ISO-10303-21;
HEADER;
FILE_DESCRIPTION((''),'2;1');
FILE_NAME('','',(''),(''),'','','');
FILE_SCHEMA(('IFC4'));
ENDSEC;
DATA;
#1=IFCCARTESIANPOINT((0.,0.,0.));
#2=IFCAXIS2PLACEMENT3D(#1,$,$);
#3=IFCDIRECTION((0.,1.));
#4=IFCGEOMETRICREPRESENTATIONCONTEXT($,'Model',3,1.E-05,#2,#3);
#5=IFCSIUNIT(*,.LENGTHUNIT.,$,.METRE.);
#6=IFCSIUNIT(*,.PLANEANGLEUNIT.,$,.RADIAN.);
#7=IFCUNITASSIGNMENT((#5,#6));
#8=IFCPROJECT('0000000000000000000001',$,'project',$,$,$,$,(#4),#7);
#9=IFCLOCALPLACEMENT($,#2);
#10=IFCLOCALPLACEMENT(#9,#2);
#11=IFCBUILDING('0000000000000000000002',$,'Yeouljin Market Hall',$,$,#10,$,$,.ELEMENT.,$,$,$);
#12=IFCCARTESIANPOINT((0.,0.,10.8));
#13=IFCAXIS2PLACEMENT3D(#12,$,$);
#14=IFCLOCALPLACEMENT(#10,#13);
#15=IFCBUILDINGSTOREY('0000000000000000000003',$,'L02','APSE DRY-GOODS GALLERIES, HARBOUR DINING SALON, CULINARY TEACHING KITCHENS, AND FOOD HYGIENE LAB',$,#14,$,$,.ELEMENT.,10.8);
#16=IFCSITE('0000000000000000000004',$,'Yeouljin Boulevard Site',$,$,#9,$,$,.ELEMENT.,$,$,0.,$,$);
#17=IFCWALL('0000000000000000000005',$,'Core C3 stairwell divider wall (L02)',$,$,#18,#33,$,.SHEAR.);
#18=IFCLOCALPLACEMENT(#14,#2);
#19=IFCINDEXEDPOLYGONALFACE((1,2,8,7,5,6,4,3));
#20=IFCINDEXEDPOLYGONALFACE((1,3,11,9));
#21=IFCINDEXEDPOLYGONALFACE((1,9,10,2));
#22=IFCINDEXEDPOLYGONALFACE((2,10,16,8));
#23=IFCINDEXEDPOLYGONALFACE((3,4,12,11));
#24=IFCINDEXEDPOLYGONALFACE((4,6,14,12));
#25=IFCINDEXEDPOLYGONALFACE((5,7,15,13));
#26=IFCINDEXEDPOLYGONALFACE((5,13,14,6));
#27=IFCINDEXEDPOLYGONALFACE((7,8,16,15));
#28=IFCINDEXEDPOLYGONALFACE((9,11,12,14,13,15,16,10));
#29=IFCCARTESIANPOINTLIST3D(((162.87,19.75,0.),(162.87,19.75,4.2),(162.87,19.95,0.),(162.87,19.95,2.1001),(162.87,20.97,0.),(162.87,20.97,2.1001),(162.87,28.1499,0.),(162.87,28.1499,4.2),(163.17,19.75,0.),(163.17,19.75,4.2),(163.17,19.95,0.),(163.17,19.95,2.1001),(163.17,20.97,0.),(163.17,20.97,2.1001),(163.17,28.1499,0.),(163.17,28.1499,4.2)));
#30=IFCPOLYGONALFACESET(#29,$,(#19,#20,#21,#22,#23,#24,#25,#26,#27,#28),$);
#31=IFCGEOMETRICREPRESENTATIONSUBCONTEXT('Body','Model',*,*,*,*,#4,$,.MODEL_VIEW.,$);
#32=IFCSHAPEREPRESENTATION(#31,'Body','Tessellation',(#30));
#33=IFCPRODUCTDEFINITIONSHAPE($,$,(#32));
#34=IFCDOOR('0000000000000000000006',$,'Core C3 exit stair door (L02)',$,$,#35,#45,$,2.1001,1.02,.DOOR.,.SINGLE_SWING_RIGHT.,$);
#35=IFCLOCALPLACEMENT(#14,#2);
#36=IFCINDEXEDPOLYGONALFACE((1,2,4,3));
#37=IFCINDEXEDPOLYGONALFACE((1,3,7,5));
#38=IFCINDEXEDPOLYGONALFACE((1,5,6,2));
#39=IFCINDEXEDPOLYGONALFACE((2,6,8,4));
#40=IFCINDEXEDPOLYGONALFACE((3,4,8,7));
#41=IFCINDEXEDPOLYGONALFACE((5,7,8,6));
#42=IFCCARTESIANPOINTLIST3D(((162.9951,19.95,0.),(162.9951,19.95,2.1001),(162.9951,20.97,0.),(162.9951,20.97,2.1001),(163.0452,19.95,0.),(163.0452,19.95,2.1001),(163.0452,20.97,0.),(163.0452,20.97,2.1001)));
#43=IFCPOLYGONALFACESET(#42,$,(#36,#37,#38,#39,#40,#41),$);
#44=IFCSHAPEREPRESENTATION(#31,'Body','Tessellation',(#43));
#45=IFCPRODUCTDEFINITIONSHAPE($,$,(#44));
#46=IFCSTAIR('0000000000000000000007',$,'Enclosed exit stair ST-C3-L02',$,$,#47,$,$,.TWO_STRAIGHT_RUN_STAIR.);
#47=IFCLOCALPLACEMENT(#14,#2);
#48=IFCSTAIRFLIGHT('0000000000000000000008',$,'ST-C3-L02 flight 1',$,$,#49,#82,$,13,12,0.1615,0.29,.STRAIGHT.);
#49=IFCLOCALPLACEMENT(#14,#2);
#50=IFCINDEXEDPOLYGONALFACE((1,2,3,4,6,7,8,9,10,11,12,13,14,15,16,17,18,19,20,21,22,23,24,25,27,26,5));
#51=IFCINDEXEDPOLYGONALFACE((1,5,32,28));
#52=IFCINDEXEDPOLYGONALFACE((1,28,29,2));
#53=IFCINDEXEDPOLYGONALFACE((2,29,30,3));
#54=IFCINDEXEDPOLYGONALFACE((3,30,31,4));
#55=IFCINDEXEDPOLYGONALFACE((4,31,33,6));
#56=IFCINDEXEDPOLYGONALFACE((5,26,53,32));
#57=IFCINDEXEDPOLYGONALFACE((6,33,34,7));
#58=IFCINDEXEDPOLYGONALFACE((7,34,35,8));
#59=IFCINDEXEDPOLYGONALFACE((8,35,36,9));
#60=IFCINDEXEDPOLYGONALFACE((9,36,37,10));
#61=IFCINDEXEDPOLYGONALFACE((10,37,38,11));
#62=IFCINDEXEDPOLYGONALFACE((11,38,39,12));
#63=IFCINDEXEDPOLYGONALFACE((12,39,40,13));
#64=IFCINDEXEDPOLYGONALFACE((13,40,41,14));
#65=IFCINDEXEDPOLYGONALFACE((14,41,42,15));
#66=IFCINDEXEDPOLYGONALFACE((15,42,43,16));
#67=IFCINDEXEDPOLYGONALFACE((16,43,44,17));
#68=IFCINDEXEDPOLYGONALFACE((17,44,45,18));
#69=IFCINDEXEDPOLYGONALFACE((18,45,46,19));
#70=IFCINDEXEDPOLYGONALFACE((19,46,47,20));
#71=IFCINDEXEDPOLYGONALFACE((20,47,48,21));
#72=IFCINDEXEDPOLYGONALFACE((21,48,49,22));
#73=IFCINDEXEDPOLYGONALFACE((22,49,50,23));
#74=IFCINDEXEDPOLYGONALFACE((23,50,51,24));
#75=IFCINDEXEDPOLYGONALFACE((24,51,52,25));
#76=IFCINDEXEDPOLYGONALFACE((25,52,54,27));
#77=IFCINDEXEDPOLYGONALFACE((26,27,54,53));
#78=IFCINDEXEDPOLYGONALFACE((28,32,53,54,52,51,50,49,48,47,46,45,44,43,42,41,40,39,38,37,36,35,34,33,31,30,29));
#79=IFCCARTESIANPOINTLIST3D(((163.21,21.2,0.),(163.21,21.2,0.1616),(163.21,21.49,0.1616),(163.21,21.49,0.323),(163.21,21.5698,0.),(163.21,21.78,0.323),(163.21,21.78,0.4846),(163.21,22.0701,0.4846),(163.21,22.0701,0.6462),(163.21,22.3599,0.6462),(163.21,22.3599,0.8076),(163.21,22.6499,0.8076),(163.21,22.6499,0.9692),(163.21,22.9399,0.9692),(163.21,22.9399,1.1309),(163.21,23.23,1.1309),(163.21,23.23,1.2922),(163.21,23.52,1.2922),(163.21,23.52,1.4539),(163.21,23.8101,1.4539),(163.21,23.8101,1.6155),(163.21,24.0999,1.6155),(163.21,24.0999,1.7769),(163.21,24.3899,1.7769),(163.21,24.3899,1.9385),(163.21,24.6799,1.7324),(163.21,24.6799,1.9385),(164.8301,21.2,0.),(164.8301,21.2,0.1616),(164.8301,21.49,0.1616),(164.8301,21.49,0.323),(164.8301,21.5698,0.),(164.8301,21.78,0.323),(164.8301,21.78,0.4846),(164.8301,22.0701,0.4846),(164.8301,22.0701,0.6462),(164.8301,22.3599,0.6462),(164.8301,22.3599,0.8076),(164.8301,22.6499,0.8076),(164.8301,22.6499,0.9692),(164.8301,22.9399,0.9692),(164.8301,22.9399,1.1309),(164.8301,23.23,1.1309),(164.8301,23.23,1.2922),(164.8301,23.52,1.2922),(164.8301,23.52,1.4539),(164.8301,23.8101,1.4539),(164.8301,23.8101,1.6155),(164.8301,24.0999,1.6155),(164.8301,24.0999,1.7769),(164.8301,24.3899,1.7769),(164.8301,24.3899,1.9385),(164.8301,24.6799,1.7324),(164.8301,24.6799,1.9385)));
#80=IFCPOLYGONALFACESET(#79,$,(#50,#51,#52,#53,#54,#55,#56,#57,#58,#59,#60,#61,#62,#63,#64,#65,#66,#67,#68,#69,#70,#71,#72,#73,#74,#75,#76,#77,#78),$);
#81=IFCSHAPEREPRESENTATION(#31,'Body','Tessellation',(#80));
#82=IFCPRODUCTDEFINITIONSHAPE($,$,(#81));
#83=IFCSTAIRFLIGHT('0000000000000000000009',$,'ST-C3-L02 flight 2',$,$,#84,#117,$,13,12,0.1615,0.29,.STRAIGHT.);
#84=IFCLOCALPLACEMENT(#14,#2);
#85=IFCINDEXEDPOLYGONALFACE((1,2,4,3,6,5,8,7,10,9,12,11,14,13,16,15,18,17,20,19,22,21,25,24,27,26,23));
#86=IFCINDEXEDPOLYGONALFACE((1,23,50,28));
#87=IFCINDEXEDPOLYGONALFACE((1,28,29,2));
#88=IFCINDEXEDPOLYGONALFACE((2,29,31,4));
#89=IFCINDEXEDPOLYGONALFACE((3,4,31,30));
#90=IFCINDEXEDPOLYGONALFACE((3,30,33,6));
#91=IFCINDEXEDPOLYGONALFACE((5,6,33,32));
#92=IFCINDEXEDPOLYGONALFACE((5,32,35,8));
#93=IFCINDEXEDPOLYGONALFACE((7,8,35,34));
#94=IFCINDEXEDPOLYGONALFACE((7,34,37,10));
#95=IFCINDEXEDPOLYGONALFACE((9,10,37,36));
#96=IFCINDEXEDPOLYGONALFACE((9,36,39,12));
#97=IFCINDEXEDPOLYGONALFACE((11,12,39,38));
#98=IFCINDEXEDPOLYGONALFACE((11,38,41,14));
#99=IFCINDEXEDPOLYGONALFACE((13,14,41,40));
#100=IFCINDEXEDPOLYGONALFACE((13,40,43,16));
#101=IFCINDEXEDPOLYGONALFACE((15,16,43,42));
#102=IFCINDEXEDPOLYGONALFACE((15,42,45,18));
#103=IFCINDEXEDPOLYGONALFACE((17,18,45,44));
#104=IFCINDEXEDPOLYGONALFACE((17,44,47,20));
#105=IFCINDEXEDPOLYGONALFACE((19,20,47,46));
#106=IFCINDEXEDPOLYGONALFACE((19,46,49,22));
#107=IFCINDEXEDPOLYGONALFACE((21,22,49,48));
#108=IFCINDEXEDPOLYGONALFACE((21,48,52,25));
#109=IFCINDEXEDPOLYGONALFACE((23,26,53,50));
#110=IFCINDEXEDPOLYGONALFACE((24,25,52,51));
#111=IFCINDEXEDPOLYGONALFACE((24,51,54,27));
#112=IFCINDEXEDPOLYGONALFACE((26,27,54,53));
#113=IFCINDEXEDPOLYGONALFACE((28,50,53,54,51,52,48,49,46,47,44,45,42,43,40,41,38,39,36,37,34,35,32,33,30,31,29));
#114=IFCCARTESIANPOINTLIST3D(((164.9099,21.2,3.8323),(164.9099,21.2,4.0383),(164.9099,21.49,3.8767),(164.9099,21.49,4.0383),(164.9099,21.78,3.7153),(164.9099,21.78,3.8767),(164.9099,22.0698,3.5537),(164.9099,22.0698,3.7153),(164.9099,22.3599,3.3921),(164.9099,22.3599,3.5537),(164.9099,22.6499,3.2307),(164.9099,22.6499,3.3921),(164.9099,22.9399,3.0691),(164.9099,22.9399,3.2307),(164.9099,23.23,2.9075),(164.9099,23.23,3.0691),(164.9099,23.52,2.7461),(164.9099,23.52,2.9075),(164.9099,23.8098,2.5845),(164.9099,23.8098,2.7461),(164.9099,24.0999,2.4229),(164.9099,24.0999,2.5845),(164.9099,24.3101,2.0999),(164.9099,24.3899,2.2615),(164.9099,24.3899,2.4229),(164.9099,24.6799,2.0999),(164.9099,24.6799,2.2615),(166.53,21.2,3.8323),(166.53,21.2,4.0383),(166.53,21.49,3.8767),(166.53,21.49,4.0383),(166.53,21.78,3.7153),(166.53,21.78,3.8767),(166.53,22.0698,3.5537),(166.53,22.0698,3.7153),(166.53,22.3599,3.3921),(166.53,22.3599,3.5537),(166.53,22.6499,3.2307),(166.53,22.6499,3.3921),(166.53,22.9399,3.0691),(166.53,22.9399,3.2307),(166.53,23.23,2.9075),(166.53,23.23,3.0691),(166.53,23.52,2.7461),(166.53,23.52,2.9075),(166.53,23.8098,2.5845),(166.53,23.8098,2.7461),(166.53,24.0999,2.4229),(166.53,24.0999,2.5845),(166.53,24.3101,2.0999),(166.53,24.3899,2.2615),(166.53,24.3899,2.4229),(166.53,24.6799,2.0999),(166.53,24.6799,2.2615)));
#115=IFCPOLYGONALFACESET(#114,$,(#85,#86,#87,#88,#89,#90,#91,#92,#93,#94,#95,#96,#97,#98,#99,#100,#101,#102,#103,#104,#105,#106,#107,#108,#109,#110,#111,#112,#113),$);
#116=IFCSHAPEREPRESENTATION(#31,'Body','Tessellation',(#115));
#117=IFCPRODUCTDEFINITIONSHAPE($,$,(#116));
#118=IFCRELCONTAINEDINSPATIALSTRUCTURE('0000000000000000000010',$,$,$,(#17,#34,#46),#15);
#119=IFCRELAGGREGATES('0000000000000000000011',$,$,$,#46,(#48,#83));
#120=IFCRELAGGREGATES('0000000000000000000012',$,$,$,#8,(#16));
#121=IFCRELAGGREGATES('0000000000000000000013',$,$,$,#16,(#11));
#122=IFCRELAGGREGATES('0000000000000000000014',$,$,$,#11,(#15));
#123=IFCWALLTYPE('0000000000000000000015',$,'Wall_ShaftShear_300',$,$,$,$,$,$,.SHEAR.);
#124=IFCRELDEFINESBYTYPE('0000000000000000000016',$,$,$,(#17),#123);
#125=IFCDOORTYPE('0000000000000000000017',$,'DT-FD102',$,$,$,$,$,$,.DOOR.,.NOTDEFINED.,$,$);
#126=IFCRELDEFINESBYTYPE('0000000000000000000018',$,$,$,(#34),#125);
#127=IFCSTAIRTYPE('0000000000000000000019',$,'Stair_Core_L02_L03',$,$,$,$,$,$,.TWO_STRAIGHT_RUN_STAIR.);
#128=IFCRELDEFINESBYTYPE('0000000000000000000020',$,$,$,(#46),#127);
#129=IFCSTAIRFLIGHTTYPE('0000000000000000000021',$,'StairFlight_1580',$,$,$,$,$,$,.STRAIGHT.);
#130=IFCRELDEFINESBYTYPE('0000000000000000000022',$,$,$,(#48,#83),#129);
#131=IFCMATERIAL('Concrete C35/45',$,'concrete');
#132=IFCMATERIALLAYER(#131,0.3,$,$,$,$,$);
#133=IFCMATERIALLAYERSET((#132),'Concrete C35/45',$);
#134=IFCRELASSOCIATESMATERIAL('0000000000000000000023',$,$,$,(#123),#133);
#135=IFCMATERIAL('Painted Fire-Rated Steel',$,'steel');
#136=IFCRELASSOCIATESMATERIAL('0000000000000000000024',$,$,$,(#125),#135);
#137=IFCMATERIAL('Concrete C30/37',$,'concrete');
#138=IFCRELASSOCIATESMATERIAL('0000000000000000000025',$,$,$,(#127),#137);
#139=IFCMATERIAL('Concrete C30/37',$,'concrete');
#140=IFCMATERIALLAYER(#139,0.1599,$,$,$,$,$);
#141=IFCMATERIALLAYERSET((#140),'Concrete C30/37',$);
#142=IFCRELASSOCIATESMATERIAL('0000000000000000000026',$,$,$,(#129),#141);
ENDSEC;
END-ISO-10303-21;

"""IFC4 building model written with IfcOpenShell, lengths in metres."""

from ifc_helpers import new_model, si_unit, direction, frame, frame_2d, origin, place, context, subcontext, project, spatial, polyline, rectangle, outline, extrude, material, layer, layer_set, type_object, element, fill, aggregate, save


model = new_model("IFC4")

# Units and contexts
model_context = context("Model", 3, precision=1e-05, world=origin(), true_north=direction((0.0, 1.0)))
body_context = subcontext(model_context, "Body", "Model", "MODEL_VIEW")
ifc_project = project(units=[si_unit("LENGTHUNIT", "METRE"), si_unit("PLANEANGLEUNIT", "RADIAN")], contexts=[model_context])

# Site, building, storey
site_placement = place(None, origin())
site = spatial("IfcSite", under=ifc_project, at=site_placement, Name="Yeouljin Boulevard Site", CompositionType="ELEMENT", RefElevation=0.0)
building_placement = place(site_placement, origin())
building = spatial("IfcBuilding", under=site, at=building_placement, Name="Yeouljin Market Hall", CompositionType="ELEMENT")
storey_placement = place(building_placement, frame((0.0, 0.0, 10.8)))
storey = spatial("IfcBuildingStorey", under=building, at=storey_placement, Name="L02", Description="APSE DRY-GOODS GALLERIES, HARBOUR DINING SALON, CULINARY TEACHING KITCHENS, AND FOOD HYGIENE LAB", CompositionType="ELEMENT", Elevation=10.8)

# Wall, opening, door
ifc_material_1 = material(Name="Concrete C35/45", Category="concrete")
ifc_layer_1 = layer(ifc_material_1, 0.3)
ifc_layer_set_1 = layer_set([ifc_layer_1], Name="Concrete C35/45")
wall_type_1 = type_object("IfcWallType", Name="Wall_ShaftShear_300", PredefinedType="SHEAR", material=ifc_layer_set_1)
wall_1_placement = place(storey_placement, frame((163.02, 19.75, 0.0), z_axis=(0.0, 0.0, 1.0), x_axis=(0.0, 1.0, 0.0)))
wall_1 = element("IfcWall", 1, at=wall_1_placement, inside=storey, type_object=wall_type_1, Name="Core C3 stairwell divider wall (L02)", PredefinedType="SHEAR", context=body_context, shape_type="SweptSolid", body=[
    extrude(rectangle(XDim=8.3999, YDim=0.3, at=frame_2d((4.2, 0.0))), origin(), (0.0, 0.0, 1.0), 4.2),
])
opening_1_placement = place(wall_1_placement, frame((0.2, 0.0, 0.0)))
opening_1 = element("IfcOpeningElement", 2, at=opening_1_placement, cuts=wall_1, PredefinedType="OPENING", context=body_context, shape_type="SweptSolid", body=[
    extrude(rectangle(XDim=1.02, YDim=2.1001, at=frame_2d((0.51, 1.05))), frame((0.0, 0.1599, 0.0), z_axis=(0.0, -1.0, 0.0), x_axis=(1.0, 0.0, 0.0)), (0.0, 0.0, 1.0), 0.3201),
])
ifc_material_2 = material(Name="Painted Fire-Rated Steel", Category="steel")
door_type_1 = type_object("IfcDoorType", Name="DT-FD102", OperationType="NOTDEFINED", PredefinedType="DOOR", material=ifc_material_2)
door_1_placement = place(opening_1_placement, origin())
door_1 = element("IfcDoor", 3, at=door_1_placement, inside=storey, type_object=door_type_1, Name="Core C3 exit stair door (L02)", OperationType="SINGLE_SWING_RIGHT", OverallHeight=2.1001, OverallWidth=1.02, PredefinedType="DOOR", context=body_context, shape_type="SweptSolid", body=[
    extrude(rectangle(XDim=1.02, YDim=2.1001, at=frame_2d((0.51, 1.05))), frame((0.0, 0.0249, 0.0), z_axis=(0.0, -1.0, 0.0), x_axis=(1.0, 0.0, 0.0)), (0.0, 0.0, 1.0), 0.05),
])
fill(opening_1, door_1)

# Stair, stair flights
ifc_material_3 = material(Name="Concrete C30/37", Category="concrete")
stair_type = type_object("IfcStairType", Name="Stair_Core_L02_L03", PredefinedType="TWO_STRAIGHT_RUN_STAIR", material=ifc_material_3)
stair_placement = place(storey_placement, origin())
stair = element("IfcStair", 4, at=stair_placement, inside=storey, type_object=stair_type, Name="Enclosed exit stair ST-C3-L02", PredefinedType="TWO_STRAIGHT_RUN_STAIR")
ifc_material_4 = material(Name="Concrete C30/37", Category="concrete")
ifc_layer_2 = layer(ifc_material_4, 0.1599)
ifc_layer_set_2 = layer_set([ifc_layer_2], Name="Concrete C30/37")
stair_flight_type = type_object("IfcStairFlightType", Name="StairFlight_1580", PredefinedType="STRAIGHT", material=ifc_layer_set_2)
stair_flight_1_placement = place(storey_placement, frame((164.02, 21.2, 0.0), z_axis=(0.0, 0.0, 1.0), x_axis=(0.0, 1.0, 0.0)))
stair_flight_1 = element("IfcStairFlight", 5, at=stair_flight_1_placement, type_object=stair_flight_type, Name="ST-C3-L02 flight 1", NumberOfRisers=13, NumberOfTreads=12, PredefinedType="STRAIGHT", RiserHeight=0.1615, TreadLength=0.29, context=body_context, shape_type="SweptSolid", body=[
    extrude(outline(polyline([(0.0, 0.0), (0.0, 0.1616), (0.29, 0.1616), (0.29, 0.323), (0.5801, 0.323), (0.5801, 0.4846), (0.8701, 0.4846), (0.8701, 0.6462), (1.1599, 0.6462), (1.1599, 0.8076), (1.45, 0.8076), (1.45, 0.9692), (1.74, 0.9692), (1.74, 1.1309), (2.03, 1.1309), (2.03, 1.2922), (2.3201, 1.2922), (2.3201, 1.4539), (2.6101, 1.4539), (2.6101, 1.6155), (2.8999, 1.6155), (2.8999, 1.7769), (3.1899, 1.7769), (3.1899, 1.9385), (3.48, 1.9385), (3.48, 2.1001), (3.48, 1.7324), (0.3699, 0.0), (0.0, 0.0)])), frame((0.0, 0.8101, 0.0), z_axis=(0.0, -1.0, 0.0), x_axis=(1.0, 0.0, 0.0)), (0.0, 0.0, 1.0), 1.6201),
])
stair_flight_2_placement = place(storey_placement, frame((165.72, 24.6799, 2.0999), z_axis=(0.0, 0.0, 1.0), x_axis=(0.0, -1.0, 0.0)))
stair_flight_2 = element("IfcStairFlight", 6, at=stair_flight_2_placement, type_object=stair_flight_type, Name="ST-C3-L02 flight 2", NumberOfRisers=13, NumberOfTreads=12, PredefinedType="STRAIGHT", RiserHeight=0.1615, TreadLength=0.29, context=body_context, shape_type="SweptSolid", body=[
    extrude(outline(polyline([(0.0, 0.0), (0.0, 0.1616), (0.29, 0.1616), (0.29, 0.323), (0.5801, 0.323), (0.5801, 0.4846), (0.8701, 0.4846), (0.8701, 0.6462), (1.1599, 0.6462), (1.1599, 0.8076), (1.45, 0.8076), (1.45, 0.9692), (1.74, 0.9692), (1.74, 1.1309), (2.03, 1.1309), (2.03, 1.2922), (2.3201, 1.2922), (2.3201, 1.4539), (2.6101, 1.4539), (2.6101, 1.6155), (2.8999, 1.6155), (2.8999, 1.7769), (3.1899, 1.7769), (3.1899, 1.9385), (3.48, 1.9385), (3.48, 2.1001), (3.48, 1.7324), (0.3699, 0.0), (0.0, 0.0)])), frame((0.0, 0.8101, 0.0), z_axis=(0.0, -1.0, 0.0), x_axis=(1.0, 0.0, 0.0)), (0.0, 0.0, 1.0), 1.6201),
])
aggregate(stair, [stair_flight_1, stair_flight_2])

save(model, "model.ifc")
